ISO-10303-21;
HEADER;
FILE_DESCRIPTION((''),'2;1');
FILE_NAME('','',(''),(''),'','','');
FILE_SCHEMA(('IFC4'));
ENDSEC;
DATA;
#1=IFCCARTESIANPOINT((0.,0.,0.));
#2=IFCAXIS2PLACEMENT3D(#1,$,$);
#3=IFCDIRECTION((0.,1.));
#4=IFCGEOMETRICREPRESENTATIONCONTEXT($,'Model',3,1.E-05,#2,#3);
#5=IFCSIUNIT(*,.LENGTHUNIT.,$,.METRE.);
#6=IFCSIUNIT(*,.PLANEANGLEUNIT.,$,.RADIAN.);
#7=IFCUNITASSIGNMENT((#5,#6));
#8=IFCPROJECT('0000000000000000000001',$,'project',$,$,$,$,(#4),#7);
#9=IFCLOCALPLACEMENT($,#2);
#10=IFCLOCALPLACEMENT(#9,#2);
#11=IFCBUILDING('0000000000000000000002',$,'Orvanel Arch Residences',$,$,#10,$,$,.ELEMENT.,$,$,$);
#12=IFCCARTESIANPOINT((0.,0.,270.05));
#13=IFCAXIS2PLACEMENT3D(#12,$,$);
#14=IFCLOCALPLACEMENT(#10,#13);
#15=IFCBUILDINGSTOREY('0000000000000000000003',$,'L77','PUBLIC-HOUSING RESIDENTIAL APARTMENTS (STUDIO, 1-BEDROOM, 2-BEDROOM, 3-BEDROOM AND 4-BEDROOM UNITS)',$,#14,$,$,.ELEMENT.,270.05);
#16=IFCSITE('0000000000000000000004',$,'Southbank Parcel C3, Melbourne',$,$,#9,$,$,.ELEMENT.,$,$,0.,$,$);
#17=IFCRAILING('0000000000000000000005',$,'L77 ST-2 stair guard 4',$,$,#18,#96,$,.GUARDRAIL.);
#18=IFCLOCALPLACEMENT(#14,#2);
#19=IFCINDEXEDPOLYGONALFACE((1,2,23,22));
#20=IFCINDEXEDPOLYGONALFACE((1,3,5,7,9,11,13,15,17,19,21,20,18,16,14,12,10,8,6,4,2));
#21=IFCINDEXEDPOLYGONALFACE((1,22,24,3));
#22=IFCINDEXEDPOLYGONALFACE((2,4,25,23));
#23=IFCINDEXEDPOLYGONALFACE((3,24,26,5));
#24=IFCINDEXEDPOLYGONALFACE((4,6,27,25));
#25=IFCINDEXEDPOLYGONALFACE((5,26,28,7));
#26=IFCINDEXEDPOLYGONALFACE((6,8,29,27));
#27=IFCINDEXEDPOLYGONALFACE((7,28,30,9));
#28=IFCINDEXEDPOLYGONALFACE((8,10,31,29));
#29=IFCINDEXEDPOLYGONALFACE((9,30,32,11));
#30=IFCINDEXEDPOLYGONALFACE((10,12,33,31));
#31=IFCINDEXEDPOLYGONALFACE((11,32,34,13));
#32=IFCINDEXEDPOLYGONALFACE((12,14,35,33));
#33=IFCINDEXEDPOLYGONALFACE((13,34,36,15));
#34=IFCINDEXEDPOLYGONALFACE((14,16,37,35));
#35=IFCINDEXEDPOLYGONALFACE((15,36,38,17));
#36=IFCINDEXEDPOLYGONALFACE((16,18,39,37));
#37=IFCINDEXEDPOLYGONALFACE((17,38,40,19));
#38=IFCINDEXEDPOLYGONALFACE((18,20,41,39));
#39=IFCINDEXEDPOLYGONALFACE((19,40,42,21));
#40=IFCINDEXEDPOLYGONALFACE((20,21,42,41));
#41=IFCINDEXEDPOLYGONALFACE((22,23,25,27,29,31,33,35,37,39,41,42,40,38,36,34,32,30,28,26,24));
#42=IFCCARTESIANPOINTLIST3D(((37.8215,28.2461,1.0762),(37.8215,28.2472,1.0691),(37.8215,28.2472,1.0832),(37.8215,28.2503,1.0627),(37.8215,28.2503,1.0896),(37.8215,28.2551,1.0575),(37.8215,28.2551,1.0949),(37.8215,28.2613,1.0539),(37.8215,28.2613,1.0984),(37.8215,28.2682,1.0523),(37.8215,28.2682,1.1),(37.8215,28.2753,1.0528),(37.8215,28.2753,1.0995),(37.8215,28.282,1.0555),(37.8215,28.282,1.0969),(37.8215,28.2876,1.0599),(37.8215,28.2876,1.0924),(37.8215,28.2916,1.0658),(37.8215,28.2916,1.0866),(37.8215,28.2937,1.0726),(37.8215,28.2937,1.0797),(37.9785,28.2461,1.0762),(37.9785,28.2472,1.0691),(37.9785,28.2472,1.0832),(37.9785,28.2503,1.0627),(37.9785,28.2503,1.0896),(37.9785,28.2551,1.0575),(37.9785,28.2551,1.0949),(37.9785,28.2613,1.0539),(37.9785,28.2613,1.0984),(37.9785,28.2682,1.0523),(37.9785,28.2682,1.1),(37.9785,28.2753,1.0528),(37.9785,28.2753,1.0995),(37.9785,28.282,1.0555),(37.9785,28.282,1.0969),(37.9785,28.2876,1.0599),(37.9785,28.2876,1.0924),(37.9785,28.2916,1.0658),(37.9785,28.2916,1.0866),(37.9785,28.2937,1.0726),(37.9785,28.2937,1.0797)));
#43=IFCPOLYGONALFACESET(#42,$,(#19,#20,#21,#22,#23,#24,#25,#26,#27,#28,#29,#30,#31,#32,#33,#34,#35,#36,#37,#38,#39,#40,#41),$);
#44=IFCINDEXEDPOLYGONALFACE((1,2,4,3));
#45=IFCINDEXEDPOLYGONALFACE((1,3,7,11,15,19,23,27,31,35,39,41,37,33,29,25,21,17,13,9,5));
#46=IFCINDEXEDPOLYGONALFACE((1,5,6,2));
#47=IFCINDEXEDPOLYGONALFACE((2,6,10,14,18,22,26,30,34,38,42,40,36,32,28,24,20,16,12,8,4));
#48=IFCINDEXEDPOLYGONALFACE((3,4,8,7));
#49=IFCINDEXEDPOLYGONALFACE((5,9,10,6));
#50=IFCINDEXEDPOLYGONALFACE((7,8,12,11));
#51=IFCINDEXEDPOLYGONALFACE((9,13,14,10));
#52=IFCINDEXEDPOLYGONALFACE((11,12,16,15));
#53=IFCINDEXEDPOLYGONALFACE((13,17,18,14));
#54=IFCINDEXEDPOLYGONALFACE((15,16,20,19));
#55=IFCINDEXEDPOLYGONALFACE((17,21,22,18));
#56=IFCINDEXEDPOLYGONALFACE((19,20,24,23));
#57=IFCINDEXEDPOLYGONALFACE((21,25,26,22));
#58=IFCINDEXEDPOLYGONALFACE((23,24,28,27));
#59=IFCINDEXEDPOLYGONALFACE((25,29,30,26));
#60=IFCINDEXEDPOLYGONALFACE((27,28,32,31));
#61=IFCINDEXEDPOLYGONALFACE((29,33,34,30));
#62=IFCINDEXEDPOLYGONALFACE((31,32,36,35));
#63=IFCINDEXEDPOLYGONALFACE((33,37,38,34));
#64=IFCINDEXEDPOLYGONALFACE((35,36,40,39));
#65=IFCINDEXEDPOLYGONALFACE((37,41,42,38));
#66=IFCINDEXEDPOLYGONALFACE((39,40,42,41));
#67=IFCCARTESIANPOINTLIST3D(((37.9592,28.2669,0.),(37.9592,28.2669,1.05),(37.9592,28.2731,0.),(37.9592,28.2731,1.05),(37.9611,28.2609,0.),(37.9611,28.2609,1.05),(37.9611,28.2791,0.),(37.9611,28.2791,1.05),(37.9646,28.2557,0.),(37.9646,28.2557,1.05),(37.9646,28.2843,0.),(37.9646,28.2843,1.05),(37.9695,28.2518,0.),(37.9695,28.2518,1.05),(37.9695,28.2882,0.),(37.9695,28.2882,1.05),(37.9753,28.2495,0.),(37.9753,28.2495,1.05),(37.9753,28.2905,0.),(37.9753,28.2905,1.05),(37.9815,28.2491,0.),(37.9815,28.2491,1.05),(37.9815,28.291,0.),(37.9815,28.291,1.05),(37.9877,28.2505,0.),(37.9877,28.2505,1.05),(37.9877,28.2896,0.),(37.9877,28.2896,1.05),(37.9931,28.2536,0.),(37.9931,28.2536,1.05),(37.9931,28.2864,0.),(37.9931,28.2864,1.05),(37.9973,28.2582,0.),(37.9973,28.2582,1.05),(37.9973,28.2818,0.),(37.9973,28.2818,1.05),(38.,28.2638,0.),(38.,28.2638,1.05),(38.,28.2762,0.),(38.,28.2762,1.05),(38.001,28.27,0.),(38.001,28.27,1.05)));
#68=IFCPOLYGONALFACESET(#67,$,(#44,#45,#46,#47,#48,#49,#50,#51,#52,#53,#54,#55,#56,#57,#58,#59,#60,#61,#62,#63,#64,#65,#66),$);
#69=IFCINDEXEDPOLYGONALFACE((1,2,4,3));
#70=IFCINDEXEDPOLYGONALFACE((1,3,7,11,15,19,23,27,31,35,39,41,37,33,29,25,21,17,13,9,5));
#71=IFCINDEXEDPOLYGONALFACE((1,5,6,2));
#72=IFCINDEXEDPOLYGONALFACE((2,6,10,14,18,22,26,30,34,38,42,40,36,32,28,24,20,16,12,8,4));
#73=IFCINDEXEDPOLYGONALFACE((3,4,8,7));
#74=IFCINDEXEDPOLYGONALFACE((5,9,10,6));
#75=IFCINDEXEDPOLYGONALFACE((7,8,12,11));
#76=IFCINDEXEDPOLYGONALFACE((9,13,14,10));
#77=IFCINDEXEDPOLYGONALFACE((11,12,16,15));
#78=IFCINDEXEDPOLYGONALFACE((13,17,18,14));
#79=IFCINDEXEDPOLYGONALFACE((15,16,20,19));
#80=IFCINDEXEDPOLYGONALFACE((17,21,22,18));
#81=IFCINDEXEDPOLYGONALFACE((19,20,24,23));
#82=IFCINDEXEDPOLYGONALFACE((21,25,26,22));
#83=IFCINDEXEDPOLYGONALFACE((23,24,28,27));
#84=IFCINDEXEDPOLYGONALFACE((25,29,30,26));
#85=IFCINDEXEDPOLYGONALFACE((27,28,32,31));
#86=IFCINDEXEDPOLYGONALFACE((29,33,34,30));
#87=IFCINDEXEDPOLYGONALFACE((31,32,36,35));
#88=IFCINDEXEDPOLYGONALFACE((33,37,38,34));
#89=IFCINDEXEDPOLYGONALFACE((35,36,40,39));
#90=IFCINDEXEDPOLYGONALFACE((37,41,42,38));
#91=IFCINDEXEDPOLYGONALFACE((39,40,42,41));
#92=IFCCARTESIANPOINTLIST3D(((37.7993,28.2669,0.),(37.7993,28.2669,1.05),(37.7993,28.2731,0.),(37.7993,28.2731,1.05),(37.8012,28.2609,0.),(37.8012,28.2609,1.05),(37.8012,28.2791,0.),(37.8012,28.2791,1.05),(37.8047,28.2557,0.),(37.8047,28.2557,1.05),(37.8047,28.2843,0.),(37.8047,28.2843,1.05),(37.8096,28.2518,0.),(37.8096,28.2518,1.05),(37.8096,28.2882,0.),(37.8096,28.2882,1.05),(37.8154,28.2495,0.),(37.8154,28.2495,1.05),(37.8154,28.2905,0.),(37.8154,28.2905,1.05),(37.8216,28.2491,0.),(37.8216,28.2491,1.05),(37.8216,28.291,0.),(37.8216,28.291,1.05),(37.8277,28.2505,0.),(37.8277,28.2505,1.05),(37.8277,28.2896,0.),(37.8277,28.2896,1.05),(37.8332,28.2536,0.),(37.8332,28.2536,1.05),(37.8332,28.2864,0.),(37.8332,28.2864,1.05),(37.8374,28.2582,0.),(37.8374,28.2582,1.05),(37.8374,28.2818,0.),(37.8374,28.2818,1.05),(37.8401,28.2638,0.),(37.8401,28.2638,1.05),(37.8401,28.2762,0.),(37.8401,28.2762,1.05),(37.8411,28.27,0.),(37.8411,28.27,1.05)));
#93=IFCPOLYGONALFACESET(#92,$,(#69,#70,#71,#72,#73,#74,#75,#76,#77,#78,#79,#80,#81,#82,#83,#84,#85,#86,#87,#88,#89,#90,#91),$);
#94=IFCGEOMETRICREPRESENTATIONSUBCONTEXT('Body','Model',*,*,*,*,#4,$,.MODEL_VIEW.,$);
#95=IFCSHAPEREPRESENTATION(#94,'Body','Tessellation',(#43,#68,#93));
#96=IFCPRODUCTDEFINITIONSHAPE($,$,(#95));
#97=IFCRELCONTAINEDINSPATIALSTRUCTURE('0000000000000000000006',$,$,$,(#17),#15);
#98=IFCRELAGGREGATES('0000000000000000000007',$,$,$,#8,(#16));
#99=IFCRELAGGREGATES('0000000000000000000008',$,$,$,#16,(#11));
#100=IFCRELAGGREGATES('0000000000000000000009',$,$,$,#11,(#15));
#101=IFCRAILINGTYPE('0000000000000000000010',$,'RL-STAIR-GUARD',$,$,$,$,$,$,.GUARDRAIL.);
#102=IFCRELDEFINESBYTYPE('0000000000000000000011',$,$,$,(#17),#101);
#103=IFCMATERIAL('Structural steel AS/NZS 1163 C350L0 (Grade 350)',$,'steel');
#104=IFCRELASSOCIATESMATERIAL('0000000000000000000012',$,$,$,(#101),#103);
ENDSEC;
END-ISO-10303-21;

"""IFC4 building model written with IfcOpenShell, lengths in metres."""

from ifc_helpers import new_model, si_unit, direction, frame, origin, origin_2d, place, context, subcontext, project, spatial, circle, extrude, material, type_object, element, save


model = new_model("IFC4")

# Units and contexts
model_context = context("Model", 3, precision=1e-05, world=origin(), true_north=direction((0.0, 1.0)))
body_context = subcontext(model_context, "Body", "Model", "MODEL_VIEW")
ifc_project = project(units=[si_unit("LENGTHUNIT", "METRE"), si_unit("PLANEANGLEUNIT", "RADIAN")], contexts=[model_context])

# Site, building, storey
site_placement = place(None, origin())
site = spatial("IfcSite", under=ifc_project, at=site_placement, Name="Southbank Parcel C3, Melbourne", CompositionType="ELEMENT", RefElevation=0.0)
building_placement = place(site_placement, origin())
building = spatial("IfcBuilding", under=site, at=building_placement, Name="Orvanel Arch Residences", CompositionType="ELEMENT")
storey_placement = place(building_placement, frame((0.0, 0.0, 270.05)))
storey = spatial("IfcBuildingStorey", under=building, at=storey_placement, Name="L77", Description="PUBLIC-HOUSING RESIDENTIAL APARTMENTS (STUDIO, 1-BEDROOM, 2-BEDROOM, 3-BEDROOM AND 4-BEDROOM UNITS)", CompositionType="ELEMENT", Elevation=270.05)

# Shared definitions
ifc_material_1 = material(Name="Structural steel AS/NZS 1163 C350L0 (Grade 350)", Category="steel")

# Railing
railing_type_1 = type_object("IfcRailingType", Name="RL-STAIR-GUARD", PredefinedType="GUARDRAIL", material=ifc_material_1)
railing_1_placement = place(storey_placement, frame((37.98, 28.27, 0.0)))
element("IfcRailing", 1, at=railing_1_placement, inside=storey, type_object=railing_type_1, Name="L77 ST-2 stair guard 4", PredefinedType="GUARDRAIL", context=body_context, shape_type="SweptSolid", body=[
    extrude(circle(Radius=0.0239, at=origin_2d()), frame((-0.0015, 0.0, 1.0762), z_axis=(-1.0, 0.0, 0.0), x_axis=(0.0, -1.0, 0.0)), (0.0, 0.0, 1.0), 0.157),
    extrude(circle(Radius=0.021, at=origin_2d()), origin(), (0.0, 0.0, 1.0), 1.05),
    extrude(circle(Radius=0.021, at=origin_2d()), frame((-0.1599, 0.0, 0.0)), (0.0, 0.0, 1.0), 1.05),
])

save(model, "model.ifc")
